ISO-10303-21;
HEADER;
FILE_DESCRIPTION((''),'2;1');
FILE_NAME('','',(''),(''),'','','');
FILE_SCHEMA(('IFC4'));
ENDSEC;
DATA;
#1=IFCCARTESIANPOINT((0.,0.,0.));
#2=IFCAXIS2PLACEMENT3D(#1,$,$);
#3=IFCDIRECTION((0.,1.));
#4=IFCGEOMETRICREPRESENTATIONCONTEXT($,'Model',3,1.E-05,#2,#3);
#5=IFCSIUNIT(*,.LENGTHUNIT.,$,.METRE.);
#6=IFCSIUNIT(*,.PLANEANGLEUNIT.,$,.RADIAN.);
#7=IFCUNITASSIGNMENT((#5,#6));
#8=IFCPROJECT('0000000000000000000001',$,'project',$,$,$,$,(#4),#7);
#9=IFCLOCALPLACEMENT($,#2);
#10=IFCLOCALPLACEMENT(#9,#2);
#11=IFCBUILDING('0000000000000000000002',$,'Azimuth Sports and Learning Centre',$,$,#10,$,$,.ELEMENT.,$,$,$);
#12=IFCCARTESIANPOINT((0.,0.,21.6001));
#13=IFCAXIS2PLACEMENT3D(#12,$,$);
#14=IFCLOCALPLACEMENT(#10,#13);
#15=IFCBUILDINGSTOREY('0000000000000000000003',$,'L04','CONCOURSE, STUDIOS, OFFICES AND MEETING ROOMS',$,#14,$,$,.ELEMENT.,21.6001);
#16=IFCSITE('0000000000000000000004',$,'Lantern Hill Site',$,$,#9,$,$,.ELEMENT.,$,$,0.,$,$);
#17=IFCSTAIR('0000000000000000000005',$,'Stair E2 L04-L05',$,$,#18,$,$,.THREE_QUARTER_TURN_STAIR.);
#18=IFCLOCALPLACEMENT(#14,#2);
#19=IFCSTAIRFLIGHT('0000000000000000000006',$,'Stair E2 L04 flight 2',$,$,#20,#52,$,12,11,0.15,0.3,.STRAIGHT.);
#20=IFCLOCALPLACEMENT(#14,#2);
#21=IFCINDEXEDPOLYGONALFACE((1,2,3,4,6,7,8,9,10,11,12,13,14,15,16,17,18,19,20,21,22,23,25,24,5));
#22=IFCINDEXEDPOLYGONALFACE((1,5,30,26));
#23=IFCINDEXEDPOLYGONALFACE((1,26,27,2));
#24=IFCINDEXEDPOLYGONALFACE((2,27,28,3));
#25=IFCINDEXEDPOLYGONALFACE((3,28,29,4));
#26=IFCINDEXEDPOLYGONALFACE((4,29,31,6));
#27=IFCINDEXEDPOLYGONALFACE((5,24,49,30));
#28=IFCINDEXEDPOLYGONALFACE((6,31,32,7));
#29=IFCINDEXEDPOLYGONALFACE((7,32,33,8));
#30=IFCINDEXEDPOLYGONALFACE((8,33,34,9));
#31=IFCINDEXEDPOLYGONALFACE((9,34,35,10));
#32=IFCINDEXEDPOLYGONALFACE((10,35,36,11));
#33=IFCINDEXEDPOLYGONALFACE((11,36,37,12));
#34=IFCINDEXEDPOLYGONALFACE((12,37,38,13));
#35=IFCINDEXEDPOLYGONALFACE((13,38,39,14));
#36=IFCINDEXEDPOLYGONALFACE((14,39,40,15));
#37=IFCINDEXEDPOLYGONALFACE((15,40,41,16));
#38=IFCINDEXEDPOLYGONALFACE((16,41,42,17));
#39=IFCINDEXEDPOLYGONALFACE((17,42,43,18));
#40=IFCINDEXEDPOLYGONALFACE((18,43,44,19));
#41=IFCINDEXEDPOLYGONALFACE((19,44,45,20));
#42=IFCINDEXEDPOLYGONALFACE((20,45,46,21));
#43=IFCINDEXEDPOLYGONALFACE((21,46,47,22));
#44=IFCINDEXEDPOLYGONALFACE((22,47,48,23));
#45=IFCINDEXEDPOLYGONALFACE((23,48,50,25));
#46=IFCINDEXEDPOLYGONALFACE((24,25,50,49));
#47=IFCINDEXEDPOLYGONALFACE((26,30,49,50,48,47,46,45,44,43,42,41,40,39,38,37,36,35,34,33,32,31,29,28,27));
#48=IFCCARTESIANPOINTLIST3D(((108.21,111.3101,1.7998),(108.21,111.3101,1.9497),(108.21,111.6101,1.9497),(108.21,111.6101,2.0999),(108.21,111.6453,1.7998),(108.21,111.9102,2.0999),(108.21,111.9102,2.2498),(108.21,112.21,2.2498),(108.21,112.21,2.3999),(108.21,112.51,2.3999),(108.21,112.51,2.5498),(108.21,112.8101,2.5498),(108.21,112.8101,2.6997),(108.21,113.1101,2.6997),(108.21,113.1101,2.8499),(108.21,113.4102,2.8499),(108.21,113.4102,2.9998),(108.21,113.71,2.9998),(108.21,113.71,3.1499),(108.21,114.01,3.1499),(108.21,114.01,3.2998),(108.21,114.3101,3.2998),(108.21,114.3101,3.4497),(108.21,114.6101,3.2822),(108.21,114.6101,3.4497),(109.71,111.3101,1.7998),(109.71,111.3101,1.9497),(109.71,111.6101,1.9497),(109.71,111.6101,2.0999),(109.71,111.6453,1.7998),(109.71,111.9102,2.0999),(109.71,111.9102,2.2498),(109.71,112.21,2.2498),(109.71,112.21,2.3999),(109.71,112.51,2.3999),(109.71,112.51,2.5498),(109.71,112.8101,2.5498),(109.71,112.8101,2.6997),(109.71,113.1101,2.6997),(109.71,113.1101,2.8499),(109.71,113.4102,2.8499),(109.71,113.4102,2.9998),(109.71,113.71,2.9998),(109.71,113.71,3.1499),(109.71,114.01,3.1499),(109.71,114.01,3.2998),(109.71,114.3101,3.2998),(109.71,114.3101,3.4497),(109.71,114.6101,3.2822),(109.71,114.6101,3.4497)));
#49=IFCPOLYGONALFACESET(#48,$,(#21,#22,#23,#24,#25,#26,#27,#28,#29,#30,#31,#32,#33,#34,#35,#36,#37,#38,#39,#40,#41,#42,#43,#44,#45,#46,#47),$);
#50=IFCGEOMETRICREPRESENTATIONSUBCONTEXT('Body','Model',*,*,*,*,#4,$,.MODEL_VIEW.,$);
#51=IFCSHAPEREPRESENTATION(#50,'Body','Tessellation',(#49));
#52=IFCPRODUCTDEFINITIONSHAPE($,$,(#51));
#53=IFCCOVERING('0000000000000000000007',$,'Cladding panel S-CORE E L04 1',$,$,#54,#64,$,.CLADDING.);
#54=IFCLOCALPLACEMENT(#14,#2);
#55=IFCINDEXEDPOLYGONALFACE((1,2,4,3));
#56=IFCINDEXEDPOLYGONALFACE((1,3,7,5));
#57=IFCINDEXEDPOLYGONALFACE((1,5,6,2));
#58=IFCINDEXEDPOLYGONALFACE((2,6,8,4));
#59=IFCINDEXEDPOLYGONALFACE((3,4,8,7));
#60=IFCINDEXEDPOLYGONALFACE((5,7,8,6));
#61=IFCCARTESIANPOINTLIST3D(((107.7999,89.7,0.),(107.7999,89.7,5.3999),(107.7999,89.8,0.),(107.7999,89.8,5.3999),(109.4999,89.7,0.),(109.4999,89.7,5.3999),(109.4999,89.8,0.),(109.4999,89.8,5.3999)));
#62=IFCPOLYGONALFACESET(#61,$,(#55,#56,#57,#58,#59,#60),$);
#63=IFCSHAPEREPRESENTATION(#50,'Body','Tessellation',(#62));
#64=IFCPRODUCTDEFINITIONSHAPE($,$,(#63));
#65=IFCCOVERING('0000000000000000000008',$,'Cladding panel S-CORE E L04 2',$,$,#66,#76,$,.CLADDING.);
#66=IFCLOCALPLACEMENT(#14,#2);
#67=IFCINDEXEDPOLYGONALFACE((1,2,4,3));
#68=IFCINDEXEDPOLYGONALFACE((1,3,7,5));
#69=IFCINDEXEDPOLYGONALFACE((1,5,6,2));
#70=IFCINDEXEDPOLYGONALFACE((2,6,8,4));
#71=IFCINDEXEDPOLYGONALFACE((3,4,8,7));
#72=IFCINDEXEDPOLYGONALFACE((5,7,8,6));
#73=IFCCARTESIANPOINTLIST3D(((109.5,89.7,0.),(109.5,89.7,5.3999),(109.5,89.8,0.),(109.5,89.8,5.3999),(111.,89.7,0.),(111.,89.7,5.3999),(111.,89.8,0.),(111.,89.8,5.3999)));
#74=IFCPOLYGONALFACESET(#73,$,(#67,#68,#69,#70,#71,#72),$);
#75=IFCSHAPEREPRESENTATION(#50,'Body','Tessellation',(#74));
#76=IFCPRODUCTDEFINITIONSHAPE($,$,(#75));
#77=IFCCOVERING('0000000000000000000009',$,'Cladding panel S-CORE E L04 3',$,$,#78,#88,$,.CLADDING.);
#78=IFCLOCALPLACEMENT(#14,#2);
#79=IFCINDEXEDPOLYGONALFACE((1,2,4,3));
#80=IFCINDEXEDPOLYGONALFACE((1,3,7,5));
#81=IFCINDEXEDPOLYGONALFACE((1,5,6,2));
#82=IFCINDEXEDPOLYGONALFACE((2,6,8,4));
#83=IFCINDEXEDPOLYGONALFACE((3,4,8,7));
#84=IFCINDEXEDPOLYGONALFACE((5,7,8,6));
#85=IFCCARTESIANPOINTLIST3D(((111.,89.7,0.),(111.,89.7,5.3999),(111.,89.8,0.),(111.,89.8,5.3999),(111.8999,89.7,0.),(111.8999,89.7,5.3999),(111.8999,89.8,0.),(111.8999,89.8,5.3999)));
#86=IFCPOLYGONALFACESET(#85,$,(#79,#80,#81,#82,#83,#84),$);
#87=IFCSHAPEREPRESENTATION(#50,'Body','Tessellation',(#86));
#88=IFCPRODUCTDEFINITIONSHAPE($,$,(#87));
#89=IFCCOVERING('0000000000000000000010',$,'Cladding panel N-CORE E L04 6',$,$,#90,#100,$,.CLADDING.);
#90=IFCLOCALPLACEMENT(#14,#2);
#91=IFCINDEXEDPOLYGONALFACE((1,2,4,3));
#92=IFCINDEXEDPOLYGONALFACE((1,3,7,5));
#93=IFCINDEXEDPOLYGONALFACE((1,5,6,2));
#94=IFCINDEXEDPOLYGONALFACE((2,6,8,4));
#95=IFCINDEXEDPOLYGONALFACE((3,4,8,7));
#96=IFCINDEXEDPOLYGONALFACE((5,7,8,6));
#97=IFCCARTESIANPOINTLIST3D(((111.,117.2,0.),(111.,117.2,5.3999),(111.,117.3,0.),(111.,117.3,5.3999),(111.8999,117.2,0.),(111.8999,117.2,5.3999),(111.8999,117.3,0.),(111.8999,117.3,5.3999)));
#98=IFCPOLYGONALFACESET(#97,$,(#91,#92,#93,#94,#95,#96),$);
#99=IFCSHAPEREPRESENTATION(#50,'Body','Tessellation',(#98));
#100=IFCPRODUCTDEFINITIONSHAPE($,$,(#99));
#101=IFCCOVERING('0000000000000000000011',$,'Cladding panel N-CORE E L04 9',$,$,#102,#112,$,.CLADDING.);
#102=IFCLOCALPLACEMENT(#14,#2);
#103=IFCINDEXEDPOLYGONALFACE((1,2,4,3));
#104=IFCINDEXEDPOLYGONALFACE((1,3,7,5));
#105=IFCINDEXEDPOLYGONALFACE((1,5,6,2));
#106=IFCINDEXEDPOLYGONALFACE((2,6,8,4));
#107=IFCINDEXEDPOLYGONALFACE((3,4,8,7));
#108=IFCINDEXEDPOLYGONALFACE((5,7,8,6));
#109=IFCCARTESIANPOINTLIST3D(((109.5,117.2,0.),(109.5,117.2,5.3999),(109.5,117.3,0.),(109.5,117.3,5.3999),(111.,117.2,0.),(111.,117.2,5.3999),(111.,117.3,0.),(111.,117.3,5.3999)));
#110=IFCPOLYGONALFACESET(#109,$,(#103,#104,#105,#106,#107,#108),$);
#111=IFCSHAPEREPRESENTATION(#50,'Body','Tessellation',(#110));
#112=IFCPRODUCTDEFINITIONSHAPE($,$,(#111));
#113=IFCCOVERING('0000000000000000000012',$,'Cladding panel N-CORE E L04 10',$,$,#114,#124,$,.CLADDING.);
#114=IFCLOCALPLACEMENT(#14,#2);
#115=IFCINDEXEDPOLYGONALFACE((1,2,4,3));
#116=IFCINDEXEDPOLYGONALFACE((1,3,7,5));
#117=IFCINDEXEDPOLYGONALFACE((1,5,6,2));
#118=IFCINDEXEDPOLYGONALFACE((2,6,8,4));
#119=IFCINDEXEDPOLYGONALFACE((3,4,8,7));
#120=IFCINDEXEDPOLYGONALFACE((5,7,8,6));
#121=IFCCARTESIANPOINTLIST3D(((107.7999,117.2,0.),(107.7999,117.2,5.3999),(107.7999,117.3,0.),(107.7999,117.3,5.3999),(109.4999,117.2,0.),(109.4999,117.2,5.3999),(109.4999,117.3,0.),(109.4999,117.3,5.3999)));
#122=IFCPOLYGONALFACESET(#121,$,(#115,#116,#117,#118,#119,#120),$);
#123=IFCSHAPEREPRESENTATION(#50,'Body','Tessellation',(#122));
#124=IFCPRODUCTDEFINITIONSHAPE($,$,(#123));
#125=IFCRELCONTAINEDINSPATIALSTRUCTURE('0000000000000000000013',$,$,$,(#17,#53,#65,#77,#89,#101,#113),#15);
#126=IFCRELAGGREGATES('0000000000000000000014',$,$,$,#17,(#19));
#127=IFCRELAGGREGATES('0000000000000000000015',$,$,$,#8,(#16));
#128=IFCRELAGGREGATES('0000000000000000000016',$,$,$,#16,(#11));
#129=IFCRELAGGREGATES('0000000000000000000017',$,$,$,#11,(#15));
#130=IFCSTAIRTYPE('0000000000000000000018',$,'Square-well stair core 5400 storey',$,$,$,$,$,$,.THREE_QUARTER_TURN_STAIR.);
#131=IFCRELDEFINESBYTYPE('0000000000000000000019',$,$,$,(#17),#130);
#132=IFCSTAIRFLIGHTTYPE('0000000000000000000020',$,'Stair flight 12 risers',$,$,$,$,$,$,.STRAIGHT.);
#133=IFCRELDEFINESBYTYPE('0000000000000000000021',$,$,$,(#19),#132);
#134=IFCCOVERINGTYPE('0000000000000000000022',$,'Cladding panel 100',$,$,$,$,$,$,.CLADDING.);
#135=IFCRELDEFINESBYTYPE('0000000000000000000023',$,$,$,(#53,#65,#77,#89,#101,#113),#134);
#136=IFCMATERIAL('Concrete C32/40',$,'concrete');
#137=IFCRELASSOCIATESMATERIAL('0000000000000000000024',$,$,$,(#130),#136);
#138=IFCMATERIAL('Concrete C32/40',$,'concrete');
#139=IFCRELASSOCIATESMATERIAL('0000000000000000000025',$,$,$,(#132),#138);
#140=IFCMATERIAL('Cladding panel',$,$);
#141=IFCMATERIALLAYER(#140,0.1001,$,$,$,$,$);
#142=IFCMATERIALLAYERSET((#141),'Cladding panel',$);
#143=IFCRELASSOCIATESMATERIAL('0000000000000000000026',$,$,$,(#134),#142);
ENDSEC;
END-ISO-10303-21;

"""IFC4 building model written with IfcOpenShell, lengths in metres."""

from ifc_helpers import new_model, si_unit, direction, frame, origin, origin_2d, place, context, subcontext, project, spatial, polyline, rectangle, outline, extrude, material, layer, layer_set, type_object, element, aggregate, save


model = new_model("IFC4")

# Units and contexts
model_context = context("Model", 3, precision=1e-05, world=origin(), true_north=direction((0.0, 1.0)))
body_context = subcontext(model_context, "Body", "Model", "MODEL_VIEW")
ifc_project = project(units=[si_unit("LENGTHUNIT", "METRE"), si_unit("PLANEANGLEUNIT", "RADIAN")], contexts=[model_context])

# Site, building, storey
site_placement = place(None, origin())
site = spatial("IfcSite", under=ifc_project, at=site_placement, Name="Lantern Hill Site", CompositionType="ELEMENT", RefElevation=0.0)
building_placement = place(site_placement, origin())
building = spatial("IfcBuilding", under=site, at=building_placement, Name="Azimuth Sports and Learning Centre", CompositionType="ELEMENT")
storey_placement = place(building_placement, frame((0.0, 0.0, 21.6001)))
storey = spatial("IfcBuildingStorey", under=building, at=storey_placement, Name="L04", Description="CONCOURSE, STUDIOS, OFFICES AND MEETING ROOMS", CompositionType="ELEMENT", Elevation=21.6001)

# Shared definitions
ifc_material_1 = material(Name="Concrete C32/40", Category="concrete")
stair_type = type_object("IfcStairType", Name="Square-well stair core 5400 storey", PredefinedType="THREE_QUARTER_TURN_STAIR", material=ifc_material_1)
ifc_material_2 = material(Name="Concrete C32/40", Category="concrete")
stair_flight_type = type_object("IfcStairFlightType", Name="Stair flight 12 risers", PredefinedType="STRAIGHT", material=ifc_material_2)

# Stair, stair flight
stair_1_placement = place(storey_placement, origin())
stair_1 = element("IfcStair", 1, at=stair_1_placement, inside=storey, type_object=stair_type, Name="Stair E2 L04-L05", PredefinedType="THREE_QUARTER_TURN_STAIR")
stair_flight_1_placement = place(storey_placement, frame((108.96, 111.3101, 1.7998), z_axis=(0.0, 0.0, 1.0), x_axis=(0.0, 1.0, 0.0)))
stair_flight_1 = element("IfcStairFlight", 2, at=stair_flight_1_placement, type_object=stair_flight_type, Name="Stair E2 L04 flight 2", NumberOfRisers=12, NumberOfTreads=11, PredefinedType="STRAIGHT", RiserHeight=0.15, TreadLength=0.3, context=body_context, shape_type="SweptSolid", body=[
    extrude(outline(polyline([(0.0, 0.0), (0.0, 0.1499), (0.3, 0.1499), (0.3, 0.3), (0.6001, 0.3), (0.6001, 0.45), (0.8999, 0.45), (0.8999, 0.6001), (1.2, 0.6001), (1.2, 0.75), (1.5, 0.75), (1.5, 0.8999), (1.8, 0.8999), (1.8, 1.05), (2.1001, 1.05), (2.1001, 1.2), (2.3999, 1.2), (2.3999, 1.3501), (2.7, 1.3501), (2.7, 1.5), (3.0, 1.5), (3.0, 1.6499), (3.3, 1.6499), (3.3, 1.8), (3.3, 1.4824), (0.3352, 0.0), (0.0, 0.0)])), frame((0.0, 0.75, 0.0), z_axis=(0.0, -1.0, 0.0), x_axis=(1.0, 0.0, 0.0)), (0.0, 0.0, 1.0), 1.5),
])
aggregate(stair_1, [stair_flight_1])

# Coverings
ifc_material_3 = material(Name="Cladding panel")
ifc_layer_1 = layer(ifc_material_3, 0.1001)
ifc_layer_set_1 = layer_set([ifc_layer_1], Name="Cladding panel")
covering_type = type_object("IfcCoveringType", Name="Cladding panel 100", PredefinedType="CLADDING", material=ifc_layer_set_1)
covering_1_placement = place(storey_placement, frame((108.6499, 89.75, 0.0), z_axis=(0.0, 0.0, 1.0), x_axis=(1.0, 0.0, 0.0)))
element("IfcCovering", 3, at=covering_1_placement, inside=storey, type_object=covering_type, Name="Cladding panel S-CORE E L04 1", PredefinedType="CLADDING", context=body_context, shape_type="SweptSolid", body=[
    extrude(rectangle(XDim=1.7, YDim=0.1001, at=origin_2d()), origin(), (0.0, 0.0, 1.0), 5.3999),
])
covering_2_placement = place(storey_placement, frame((110.25, 89.75, 0.0), z_axis=(0.0, 0.0, 1.0), x_axis=(1.0, 0.0, 0.0)))
element("IfcCovering", 4, at=covering_2_placement, inside=storey, type_object=covering_type, Name="Cladding panel S-CORE E L04 2", PredefinedType="CLADDING", context=body_context, shape_type="SweptSolid", body=[
    extrude(rectangle(XDim=1.5, YDim=0.1001, at=origin_2d()), origin(), (0.0, 0.0, 1.0), 5.3999),
])
for number, where, z_axis, x_axis, name in (
    (5, (111.45, 89.75, 0.0), (0.0, 0.0, 1.0), (1.0, 0.0, 0.0), "Cladding panel S-CORE E L04 3"),
    (6, (111.45, 117.25, 0.0), (0.0, 0.0, 1.0), (-1.0, 0.0, 0.0), "Cladding panel N-CORE E L04 6"),
):
    element("IfcCovering", number, at=place(storey_placement, frame(where, z_axis=z_axis, x_axis=x_axis)), inside=storey, type_object=covering_type, Name=name, PredefinedType="CLADDING", context=body_context, shape_type="SweptSolid", body=[
        extrude(rectangle(XDim=0.8999, YDim=0.1001, at=origin_2d()), origin(), (0.0, 0.0, 1.0), 5.3999),
    ])
covering_3_placement = place(storey_placement, frame((110.25, 117.25, 0.0), z_axis=(0.0, 0.0, 1.0), x_axis=(-1.0, 0.0, 0.0)))
element("IfcCovering", 7, at=covering_3_placement, inside=storey, type_object=covering_type, Name="Cladding panel N-CORE E L04 9", PredefinedType="CLADDING", context=body_context, shape_type="SweptSolid", body=[
    extrude(rectangle(XDim=1.5, YDim=0.1001, at=origin_2d()), origin(), (0.0, 0.0, 1.0), 5.3999),
])
covering_4_placement = place(storey_placement, frame((108.6499, 117.25, 0.0), z_axis=(0.0, 0.0, 1.0), x_axis=(-1.0, 0.0, 0.0)))
element("IfcCovering", 8, at=covering_4_placement, inside=storey, type_object=covering_type, Name="Cladding panel N-CORE E L04 10", PredefinedType="CLADDING", context=body_context, shape_type="SweptSolid", body=[
    extrude(rectangle(XDim=1.7, YDim=0.1001, at=origin_2d()), origin(), (0.0, 0.0, 1.0), 5.3999),
])

save(model, "model.ifc")
